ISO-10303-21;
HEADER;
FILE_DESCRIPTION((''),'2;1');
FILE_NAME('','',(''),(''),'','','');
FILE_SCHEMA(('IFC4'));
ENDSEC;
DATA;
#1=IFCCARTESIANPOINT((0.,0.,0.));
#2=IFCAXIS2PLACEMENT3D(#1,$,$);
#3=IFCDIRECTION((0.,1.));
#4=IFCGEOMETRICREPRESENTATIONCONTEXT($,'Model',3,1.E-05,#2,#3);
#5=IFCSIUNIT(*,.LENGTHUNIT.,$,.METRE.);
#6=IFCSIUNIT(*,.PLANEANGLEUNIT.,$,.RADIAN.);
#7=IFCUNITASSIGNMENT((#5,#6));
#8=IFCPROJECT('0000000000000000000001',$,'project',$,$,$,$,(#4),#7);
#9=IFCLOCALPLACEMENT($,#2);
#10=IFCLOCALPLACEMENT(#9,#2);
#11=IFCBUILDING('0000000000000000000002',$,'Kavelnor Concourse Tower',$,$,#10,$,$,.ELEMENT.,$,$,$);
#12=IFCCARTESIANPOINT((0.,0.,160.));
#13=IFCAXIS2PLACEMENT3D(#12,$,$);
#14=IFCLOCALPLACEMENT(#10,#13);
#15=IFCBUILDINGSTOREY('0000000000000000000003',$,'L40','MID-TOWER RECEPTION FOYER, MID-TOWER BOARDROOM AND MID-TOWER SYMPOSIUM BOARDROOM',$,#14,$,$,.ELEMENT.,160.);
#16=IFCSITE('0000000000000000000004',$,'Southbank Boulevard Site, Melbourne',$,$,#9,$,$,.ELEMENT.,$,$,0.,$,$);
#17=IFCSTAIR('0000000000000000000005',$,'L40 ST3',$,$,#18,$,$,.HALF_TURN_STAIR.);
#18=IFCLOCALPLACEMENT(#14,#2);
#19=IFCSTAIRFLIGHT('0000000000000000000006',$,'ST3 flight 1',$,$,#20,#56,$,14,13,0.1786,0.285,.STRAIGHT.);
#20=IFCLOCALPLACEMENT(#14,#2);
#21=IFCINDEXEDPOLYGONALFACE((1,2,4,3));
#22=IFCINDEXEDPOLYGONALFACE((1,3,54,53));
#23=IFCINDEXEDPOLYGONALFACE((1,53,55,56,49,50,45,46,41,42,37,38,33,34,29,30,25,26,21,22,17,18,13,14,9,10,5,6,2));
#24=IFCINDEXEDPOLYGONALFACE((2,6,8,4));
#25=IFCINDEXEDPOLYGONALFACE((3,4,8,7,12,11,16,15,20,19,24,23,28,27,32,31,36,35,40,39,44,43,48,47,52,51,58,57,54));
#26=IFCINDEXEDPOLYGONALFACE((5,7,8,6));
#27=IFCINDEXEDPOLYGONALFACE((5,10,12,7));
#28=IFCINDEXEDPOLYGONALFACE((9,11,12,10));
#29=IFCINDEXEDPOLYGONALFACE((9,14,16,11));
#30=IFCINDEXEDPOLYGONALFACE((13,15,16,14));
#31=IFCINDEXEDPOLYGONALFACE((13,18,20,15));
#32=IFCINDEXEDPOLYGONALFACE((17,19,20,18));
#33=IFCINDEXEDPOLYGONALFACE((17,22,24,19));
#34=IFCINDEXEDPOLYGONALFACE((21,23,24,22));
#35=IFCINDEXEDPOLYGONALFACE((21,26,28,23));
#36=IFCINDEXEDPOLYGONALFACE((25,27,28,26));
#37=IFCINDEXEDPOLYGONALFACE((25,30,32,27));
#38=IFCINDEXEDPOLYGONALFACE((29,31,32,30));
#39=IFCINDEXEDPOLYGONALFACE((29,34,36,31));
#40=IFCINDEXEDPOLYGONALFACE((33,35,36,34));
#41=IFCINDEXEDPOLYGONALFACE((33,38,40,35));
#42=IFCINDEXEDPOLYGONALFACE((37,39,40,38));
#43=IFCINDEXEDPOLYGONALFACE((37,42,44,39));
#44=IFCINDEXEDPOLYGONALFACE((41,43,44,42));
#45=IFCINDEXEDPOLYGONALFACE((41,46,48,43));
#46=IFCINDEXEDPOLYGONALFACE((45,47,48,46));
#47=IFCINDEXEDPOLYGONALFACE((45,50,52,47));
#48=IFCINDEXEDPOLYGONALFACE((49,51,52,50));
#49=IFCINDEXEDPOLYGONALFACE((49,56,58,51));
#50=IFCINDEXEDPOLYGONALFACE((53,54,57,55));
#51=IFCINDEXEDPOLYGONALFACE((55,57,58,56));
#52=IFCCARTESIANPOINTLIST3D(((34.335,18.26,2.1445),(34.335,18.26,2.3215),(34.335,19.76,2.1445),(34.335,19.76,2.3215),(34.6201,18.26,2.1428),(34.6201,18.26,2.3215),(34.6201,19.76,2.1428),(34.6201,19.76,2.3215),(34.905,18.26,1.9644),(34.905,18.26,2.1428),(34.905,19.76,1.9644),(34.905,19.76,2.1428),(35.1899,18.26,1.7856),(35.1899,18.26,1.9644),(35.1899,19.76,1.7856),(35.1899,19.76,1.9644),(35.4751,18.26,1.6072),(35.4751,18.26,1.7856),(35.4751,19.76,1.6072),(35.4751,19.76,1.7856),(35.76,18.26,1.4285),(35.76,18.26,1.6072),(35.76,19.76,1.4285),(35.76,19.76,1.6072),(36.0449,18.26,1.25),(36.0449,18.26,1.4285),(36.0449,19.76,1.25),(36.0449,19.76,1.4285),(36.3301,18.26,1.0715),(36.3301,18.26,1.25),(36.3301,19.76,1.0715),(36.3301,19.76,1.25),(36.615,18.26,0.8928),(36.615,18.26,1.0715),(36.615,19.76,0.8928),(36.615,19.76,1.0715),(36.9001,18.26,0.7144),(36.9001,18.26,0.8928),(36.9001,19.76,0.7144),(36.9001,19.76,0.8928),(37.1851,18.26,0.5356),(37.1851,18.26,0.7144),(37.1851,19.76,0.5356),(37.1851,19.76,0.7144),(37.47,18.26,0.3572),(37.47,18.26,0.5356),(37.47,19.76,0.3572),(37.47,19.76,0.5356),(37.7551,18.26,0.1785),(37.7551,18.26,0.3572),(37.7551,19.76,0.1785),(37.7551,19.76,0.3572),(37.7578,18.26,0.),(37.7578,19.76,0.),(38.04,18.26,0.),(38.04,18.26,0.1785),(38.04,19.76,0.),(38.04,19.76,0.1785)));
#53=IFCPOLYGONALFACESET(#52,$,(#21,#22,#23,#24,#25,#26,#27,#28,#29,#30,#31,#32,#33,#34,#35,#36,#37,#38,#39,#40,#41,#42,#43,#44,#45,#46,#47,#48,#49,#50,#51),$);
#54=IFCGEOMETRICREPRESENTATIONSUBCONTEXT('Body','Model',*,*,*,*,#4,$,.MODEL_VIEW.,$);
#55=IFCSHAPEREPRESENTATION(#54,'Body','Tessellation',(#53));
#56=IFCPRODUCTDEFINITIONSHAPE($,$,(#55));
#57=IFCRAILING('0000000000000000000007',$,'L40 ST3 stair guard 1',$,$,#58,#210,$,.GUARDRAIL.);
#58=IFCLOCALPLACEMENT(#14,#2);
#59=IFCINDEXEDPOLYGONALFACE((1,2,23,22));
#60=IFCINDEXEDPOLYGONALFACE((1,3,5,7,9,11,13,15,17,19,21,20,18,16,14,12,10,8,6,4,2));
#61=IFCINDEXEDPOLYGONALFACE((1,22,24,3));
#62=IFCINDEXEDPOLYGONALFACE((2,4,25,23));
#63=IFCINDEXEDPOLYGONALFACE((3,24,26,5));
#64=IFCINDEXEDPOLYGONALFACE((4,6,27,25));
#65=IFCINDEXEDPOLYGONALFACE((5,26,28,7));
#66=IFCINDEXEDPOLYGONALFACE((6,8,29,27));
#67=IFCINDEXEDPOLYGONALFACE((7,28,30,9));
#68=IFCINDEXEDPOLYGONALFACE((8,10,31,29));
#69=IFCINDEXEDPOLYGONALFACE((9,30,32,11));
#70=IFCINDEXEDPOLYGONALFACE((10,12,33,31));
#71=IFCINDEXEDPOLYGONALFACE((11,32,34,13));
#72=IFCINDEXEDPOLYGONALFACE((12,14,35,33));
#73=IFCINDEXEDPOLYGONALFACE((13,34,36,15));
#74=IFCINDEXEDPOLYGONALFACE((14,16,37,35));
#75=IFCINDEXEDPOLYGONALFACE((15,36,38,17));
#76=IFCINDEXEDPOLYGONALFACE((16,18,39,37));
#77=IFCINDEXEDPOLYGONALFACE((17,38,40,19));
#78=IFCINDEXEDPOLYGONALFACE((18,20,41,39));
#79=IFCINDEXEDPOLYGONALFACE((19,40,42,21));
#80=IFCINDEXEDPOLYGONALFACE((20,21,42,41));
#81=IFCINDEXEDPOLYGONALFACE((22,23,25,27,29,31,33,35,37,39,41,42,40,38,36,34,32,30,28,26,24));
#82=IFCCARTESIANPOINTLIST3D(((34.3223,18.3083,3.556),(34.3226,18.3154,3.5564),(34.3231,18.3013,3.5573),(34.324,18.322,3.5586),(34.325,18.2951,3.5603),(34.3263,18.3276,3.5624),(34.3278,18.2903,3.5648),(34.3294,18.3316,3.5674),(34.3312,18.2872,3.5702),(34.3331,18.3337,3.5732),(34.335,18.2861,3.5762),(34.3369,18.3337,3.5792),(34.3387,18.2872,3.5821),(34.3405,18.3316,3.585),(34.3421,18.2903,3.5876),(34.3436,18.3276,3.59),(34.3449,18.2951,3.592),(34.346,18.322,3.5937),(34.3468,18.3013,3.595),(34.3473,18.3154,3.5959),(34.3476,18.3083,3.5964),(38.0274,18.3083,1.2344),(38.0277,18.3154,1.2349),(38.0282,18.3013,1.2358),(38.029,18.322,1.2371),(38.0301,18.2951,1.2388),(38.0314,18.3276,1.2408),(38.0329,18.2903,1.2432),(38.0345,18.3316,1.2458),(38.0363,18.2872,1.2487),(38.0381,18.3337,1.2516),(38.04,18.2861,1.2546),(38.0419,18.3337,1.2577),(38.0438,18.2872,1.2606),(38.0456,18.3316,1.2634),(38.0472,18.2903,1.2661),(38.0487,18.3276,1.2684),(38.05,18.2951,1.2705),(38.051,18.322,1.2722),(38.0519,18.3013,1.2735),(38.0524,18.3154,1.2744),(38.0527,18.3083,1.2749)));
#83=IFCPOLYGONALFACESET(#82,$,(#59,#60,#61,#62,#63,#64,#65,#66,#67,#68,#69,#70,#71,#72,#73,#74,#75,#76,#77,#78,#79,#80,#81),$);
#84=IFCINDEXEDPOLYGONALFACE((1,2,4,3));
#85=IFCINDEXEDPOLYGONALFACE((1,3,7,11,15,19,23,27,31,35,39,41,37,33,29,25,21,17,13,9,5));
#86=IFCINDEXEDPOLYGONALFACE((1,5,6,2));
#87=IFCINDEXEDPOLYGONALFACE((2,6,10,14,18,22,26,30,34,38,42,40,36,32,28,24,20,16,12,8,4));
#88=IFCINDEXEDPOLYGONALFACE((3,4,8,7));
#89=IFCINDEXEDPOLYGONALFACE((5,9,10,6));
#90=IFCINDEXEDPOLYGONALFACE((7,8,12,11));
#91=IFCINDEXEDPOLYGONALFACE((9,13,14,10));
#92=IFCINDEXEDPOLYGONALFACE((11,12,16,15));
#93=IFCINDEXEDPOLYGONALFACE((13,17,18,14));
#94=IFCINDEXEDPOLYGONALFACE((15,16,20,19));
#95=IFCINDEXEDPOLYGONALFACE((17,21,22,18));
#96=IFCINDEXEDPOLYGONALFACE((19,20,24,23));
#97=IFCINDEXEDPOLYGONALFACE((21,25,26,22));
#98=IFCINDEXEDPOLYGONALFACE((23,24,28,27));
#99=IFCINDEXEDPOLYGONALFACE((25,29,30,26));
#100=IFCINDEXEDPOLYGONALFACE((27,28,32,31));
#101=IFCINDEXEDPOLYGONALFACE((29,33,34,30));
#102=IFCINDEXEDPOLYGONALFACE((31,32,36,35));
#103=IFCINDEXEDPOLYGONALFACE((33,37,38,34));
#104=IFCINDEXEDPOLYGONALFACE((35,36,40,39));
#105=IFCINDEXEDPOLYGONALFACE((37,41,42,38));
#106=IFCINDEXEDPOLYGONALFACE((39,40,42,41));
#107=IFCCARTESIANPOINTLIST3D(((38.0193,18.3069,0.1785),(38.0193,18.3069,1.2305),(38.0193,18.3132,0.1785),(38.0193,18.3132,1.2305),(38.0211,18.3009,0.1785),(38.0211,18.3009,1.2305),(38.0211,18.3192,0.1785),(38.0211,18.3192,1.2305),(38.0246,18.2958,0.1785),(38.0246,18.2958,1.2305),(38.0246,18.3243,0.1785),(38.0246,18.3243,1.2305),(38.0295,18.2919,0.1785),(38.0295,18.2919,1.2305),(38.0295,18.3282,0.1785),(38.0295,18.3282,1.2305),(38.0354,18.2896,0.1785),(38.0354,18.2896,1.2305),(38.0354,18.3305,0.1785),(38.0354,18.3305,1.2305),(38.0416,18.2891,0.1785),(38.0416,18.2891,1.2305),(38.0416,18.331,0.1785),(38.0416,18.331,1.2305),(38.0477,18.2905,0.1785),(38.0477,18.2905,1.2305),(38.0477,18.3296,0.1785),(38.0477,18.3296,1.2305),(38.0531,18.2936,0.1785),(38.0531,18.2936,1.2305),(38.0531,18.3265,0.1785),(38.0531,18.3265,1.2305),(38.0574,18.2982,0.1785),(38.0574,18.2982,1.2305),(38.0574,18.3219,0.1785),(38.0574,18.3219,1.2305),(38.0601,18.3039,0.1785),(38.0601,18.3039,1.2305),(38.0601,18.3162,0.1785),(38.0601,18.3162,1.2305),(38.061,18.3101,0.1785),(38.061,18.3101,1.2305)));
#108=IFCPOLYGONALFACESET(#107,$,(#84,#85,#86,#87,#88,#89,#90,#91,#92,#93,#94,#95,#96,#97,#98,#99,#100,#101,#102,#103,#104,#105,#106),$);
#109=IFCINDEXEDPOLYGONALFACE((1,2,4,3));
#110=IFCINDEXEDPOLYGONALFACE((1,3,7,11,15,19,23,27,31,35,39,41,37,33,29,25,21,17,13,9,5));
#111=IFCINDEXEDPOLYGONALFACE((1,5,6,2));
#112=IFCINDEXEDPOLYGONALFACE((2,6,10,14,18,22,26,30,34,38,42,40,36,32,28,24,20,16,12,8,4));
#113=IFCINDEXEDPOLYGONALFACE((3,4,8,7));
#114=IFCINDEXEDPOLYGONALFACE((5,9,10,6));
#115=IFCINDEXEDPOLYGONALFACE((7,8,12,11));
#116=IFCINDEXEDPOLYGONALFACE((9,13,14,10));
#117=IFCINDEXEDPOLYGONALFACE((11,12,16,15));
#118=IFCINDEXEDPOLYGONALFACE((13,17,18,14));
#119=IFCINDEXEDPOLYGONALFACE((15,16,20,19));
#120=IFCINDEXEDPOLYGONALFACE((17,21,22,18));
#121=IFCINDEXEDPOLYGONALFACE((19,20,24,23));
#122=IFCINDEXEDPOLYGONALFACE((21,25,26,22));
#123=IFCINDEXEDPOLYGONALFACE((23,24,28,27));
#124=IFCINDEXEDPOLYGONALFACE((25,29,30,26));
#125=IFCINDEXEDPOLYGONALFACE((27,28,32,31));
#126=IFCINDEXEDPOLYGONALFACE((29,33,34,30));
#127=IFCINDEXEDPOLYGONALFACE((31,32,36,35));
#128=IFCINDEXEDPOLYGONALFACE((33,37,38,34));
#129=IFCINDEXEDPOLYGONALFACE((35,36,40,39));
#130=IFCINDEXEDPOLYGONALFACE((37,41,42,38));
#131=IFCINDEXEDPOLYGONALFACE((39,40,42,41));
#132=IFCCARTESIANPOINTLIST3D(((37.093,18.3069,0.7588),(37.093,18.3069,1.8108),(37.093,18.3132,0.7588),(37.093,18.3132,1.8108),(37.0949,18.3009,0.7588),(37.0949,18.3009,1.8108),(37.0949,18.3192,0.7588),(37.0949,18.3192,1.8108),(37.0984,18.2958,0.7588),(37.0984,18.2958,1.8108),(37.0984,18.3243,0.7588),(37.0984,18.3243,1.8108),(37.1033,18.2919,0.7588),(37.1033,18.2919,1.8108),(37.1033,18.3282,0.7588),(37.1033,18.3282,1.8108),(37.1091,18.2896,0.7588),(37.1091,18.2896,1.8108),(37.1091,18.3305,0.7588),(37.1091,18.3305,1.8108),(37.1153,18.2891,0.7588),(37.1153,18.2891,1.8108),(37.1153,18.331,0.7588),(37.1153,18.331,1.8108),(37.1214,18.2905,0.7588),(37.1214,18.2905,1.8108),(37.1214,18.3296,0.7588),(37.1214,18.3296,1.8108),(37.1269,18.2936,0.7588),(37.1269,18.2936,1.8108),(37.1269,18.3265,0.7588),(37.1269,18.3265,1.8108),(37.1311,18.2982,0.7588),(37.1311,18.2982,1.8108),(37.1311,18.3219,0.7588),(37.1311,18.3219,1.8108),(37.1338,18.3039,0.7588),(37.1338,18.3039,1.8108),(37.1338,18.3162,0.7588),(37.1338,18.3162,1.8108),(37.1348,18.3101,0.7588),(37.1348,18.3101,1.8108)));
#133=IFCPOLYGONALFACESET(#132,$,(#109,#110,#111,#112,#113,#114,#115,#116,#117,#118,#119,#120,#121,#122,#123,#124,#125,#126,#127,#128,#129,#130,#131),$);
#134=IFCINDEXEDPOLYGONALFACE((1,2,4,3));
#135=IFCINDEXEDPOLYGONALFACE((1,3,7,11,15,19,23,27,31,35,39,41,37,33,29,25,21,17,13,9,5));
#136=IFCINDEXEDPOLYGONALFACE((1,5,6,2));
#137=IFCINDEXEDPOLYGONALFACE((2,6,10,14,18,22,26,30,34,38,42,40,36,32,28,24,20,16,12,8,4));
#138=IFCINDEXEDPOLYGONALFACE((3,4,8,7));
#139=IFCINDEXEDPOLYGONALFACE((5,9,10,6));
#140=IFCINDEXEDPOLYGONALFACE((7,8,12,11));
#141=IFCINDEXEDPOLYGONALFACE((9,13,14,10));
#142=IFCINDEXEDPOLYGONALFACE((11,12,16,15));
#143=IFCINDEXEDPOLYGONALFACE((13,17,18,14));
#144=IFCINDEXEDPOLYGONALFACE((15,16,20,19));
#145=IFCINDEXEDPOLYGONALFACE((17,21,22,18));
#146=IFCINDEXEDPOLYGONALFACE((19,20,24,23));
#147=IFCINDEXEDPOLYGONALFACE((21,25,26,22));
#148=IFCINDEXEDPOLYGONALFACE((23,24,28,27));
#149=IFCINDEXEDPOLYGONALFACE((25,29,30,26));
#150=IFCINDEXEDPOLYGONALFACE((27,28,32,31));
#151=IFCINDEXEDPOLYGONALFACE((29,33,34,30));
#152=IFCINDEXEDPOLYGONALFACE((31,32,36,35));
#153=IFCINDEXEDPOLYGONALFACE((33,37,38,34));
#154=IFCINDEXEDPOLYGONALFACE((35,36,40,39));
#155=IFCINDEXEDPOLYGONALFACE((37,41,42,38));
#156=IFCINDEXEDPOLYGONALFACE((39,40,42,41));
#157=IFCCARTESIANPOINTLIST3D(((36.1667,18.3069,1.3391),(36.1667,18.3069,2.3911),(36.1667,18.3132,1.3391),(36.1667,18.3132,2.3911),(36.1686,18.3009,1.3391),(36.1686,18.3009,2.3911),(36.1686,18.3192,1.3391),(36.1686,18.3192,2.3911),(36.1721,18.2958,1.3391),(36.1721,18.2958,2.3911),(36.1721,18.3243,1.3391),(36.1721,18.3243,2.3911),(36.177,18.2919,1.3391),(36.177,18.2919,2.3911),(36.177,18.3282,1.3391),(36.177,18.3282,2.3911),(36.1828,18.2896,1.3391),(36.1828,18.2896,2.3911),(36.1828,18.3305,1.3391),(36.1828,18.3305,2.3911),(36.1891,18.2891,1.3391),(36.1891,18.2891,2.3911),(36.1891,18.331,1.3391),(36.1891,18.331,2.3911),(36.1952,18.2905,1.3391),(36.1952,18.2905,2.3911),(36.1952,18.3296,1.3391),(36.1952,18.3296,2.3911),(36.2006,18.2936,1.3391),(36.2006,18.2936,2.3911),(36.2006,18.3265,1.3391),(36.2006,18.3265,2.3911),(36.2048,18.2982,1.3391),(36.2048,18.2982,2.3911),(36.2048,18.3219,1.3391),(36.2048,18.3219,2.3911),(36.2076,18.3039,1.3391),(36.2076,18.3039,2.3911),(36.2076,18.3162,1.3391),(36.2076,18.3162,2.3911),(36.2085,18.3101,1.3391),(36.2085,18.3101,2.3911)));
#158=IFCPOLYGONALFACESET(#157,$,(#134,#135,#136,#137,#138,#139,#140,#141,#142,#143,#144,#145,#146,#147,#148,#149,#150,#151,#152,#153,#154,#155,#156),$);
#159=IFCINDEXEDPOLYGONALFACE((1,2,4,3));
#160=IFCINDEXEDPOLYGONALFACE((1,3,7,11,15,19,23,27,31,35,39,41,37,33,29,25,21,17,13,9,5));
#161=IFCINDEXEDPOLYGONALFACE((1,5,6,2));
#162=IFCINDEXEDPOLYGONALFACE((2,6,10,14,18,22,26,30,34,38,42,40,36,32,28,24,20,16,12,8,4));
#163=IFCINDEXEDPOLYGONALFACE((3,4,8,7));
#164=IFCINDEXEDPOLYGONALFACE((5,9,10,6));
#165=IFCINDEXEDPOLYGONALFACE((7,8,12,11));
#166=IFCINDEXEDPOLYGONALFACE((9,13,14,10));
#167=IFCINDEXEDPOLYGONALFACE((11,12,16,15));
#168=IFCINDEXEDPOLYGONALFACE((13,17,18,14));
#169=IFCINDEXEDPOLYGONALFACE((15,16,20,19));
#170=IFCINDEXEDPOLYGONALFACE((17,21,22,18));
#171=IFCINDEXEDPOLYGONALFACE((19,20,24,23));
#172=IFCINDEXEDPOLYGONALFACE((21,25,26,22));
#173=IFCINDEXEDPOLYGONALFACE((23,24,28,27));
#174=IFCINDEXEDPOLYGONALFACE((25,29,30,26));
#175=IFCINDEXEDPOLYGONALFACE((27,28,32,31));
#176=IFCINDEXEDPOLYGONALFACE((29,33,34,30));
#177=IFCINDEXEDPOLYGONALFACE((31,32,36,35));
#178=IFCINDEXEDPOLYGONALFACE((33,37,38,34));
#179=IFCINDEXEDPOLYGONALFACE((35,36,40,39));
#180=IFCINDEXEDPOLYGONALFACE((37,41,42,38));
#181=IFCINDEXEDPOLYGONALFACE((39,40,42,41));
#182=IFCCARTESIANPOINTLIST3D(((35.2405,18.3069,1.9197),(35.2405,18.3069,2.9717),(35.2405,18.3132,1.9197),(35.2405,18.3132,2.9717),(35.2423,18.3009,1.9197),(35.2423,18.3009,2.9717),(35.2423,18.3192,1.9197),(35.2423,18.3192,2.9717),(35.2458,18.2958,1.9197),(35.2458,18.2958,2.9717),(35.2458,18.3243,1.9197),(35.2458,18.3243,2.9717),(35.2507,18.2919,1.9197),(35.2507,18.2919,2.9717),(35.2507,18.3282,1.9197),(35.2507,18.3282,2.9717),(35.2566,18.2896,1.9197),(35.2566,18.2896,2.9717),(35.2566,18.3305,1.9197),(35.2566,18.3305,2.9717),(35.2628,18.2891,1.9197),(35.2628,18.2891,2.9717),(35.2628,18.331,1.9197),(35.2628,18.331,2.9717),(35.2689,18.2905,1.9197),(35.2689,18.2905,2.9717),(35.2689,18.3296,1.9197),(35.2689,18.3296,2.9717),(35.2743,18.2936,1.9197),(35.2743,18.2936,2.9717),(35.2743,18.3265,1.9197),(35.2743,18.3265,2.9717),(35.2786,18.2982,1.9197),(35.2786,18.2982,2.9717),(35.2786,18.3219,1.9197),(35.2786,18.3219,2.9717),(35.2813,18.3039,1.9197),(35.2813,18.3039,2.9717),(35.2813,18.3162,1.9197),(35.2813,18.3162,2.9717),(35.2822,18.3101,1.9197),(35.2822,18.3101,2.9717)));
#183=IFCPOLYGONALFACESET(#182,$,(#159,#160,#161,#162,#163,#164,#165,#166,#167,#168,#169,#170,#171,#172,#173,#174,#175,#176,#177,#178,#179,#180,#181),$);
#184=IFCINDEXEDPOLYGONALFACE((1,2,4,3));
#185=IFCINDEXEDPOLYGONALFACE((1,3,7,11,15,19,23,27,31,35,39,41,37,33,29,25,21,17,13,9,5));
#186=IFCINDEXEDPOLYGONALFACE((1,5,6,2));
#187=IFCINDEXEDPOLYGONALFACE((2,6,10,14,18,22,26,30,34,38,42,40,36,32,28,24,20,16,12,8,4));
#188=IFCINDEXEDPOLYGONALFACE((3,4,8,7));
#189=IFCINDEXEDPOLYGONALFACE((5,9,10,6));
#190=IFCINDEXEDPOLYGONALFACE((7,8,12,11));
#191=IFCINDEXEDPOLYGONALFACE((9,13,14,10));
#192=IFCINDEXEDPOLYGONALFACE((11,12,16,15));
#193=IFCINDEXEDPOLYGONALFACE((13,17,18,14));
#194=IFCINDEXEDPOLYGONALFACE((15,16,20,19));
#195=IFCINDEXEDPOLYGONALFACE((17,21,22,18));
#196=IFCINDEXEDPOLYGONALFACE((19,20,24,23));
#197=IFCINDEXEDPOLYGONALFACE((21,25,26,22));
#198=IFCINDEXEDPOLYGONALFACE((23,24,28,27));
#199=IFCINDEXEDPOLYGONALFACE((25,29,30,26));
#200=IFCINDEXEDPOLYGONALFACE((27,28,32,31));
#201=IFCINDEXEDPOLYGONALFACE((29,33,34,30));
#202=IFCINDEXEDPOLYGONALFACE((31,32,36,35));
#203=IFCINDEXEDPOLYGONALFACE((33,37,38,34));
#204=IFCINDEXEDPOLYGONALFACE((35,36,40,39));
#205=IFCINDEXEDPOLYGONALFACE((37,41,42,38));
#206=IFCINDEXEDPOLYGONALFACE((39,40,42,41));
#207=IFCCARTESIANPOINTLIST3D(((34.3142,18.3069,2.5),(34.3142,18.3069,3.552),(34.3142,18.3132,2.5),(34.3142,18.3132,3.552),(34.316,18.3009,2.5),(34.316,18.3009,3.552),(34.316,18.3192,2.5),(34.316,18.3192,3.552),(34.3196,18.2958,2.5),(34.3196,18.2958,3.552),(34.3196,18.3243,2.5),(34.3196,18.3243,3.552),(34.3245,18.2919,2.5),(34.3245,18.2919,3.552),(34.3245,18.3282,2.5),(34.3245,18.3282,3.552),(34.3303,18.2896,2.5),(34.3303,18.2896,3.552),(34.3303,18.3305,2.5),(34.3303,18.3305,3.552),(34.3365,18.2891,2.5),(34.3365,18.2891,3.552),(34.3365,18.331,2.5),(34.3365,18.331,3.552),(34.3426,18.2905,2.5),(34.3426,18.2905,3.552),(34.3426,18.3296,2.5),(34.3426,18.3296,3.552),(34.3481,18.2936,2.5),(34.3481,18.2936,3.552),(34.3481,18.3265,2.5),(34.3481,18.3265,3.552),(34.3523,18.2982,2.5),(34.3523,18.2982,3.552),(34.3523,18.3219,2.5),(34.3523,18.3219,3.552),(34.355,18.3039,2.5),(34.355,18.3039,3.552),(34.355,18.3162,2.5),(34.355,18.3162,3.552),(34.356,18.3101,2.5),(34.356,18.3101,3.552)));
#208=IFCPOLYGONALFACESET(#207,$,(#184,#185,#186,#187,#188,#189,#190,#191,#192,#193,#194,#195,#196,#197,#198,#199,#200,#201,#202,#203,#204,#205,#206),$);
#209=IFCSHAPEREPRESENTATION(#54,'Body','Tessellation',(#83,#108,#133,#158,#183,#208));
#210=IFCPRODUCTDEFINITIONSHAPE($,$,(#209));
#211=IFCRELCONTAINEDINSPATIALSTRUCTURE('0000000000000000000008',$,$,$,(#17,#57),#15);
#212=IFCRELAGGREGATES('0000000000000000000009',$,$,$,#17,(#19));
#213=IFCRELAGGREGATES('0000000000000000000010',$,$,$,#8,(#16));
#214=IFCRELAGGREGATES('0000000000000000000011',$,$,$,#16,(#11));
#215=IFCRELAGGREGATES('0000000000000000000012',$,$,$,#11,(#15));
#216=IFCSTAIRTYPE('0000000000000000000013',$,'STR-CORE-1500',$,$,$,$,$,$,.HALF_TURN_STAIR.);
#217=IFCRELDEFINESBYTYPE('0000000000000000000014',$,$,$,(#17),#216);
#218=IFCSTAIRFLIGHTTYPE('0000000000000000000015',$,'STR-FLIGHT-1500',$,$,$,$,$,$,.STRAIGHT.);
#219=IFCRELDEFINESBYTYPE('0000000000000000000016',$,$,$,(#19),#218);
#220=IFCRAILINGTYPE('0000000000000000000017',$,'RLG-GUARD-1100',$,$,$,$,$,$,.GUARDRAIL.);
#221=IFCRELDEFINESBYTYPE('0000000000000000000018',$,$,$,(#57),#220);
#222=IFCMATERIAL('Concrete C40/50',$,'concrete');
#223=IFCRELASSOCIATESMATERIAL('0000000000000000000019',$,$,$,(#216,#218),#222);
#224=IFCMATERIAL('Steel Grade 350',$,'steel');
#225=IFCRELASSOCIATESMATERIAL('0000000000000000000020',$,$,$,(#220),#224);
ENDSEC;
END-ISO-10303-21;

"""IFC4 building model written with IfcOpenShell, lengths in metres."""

from ifc_helpers import new_model, si_unit, direction, frame, origin, origin_2d, place, context, subcontext, project, spatial, polyline, circle, outline, extrude, material, type_object, element, aggregate, save


model = new_model("IFC4")

# Units and contexts
model_context = context("Model", 3, precision=1e-05, world=origin(), true_north=direction((0.0, 1.0)))
body_context = subcontext(model_context, "Body", "Model", "MODEL_VIEW")
ifc_project = project(units=[si_unit("LENGTHUNIT", "METRE"), si_unit("PLANEANGLEUNIT", "RADIAN")], contexts=[model_context])

# Site, building, storey
site_placement = place(None, origin())
site = spatial("IfcSite", under=ifc_project, at=site_placement, Name="Southbank Boulevard Site, Melbourne", CompositionType="ELEMENT", RefElevation=0.0)
building_placement = place(site_placement, origin())
building = spatial("IfcBuilding", under=site, at=building_placement, Name="Kavelnor Concourse Tower", CompositionType="ELEMENT")
storey_placement = place(building_placement, frame((0.0, 0.0, 160.0)))
storey = spatial("IfcBuildingStorey", under=building, at=storey_placement, Name="L40", Description="MID-TOWER RECEPTION FOYER, MID-TOWER BOARDROOM AND MID-TOWER SYMPOSIUM BOARDROOM", CompositionType="ELEMENT", Elevation=160.0)

# Shared definitions
ifc_material_1 = material(Name="Steel Grade 350", Category="steel")

# Stair, stair flight
ifc_material_2 = material(Name="Concrete C40/50", Category="concrete")
stair_type = type_object("IfcStairType", Name="STR-CORE-1500", PredefinedType="HALF_TURN_STAIR", material=ifc_material_2)
stair_placement = place(storey_placement, origin())
stair = element("IfcStair", 1, at=stair_placement, inside=storey, type_object=stair_type, Name="L40 ST3", PredefinedType="HALF_TURN_STAIR")
stair_flight_type = type_object("IfcStairFlightType", Name="STR-FLIGHT-1500", PredefinedType="STRAIGHT", material=ifc_material_2)
stair_flight_placement = place(storey_placement, frame((38.04, 19.01, 0.0), z_axis=(0.0, 0.0, 1.0), x_axis=(-1.0, 0.0, 0.0)))
stair_flight = element("IfcStairFlight", 2, at=stair_flight_placement, type_object=stair_flight_type, Name="ST3 flight 1", NumberOfRisers=14, NumberOfTreads=13, PredefinedType="STRAIGHT", RiserHeight=0.1786, TreadLength=0.285, context=body_context, shape_type="SweptSolid", body=[
    extrude(outline(polyline([(0.0, 0.0), (0.0, 0.1785), (0.2849, 0.1785), (0.2849, 0.3572), (0.5701, 0.3572), (0.5701, 0.5356), (0.855, 0.5356), (0.855, 0.7144), (1.1399, 0.7144), (1.1399, 0.8928), (1.425, 0.8928), (1.425, 1.0715), (1.71, 1.0715), (1.71, 1.25), (1.9951, 1.25), (1.9951, 1.4285), (2.28, 1.4285), (2.28, 1.6072), (2.5649, 1.6072), (2.5649, 1.7856), (2.8501, 1.7856), (2.8501, 1.9644), (3.135, 1.9644), (3.135, 2.1428), (3.4199, 2.1428), (3.4199, 2.3215), (3.7051, 2.3215), (3.7051, 2.5), (3.7051, 2.1445), (0.2822, 0.0), (0.0, 0.0)])), frame((0.0, 0.75, 0.0), z_axis=(0.0, -1.0, 0.0), x_axis=(1.0, 0.0, 0.0)), (0.0, 0.0, 1.0), 1.5),
])
aggregate(stair, [stair_flight])

# Railing
railing_type_1 = type_object("IfcRailingType", Name="RLG-GUARD-1100", PredefinedType="GUARDRAIL", material=ifc_material_1)
railing_1_placement = place(storey_placement, frame((38.04, 18.3101, 0.1785)))
element("IfcRailing", 3, at=railing_1_placement, inside=storey, type_object=railing_type_1, Name="L40 ST3 stair guard 1", PredefinedType="GUARDRAIL", context=body_context, shape_type="SweptSolid", body=[
    extrude(circle(Radius=0.0239, at=origin_2d()), frame((0.0, 0.0, 1.0762), z_axis=(-0.847395, 0.0, 0.530962), x_axis=(0.0, -1.0, 0.0)), (0.0, 0.0, 1.0), 4.3723),
    extrude(circle(Radius=0.021, at=origin_2d()), origin(), (0.0, 0.0, 1.0), 1.052),
    extrude(circle(Radius=0.021, at=origin_2d()), frame((-0.9263, 0.0, 0.5803)), (0.0, 0.0, 1.0), 1.052),
    extrude(circle(Radius=0.021, at=origin_2d()), frame((-1.8525, 0.0, 1.1606)), (0.0, 0.0, 1.0), 1.052),
    extrude(circle(Radius=0.021, at=origin_2d()), frame((-2.7788, 0.0, 1.7412)), (0.0, 0.0, 1.0), 1.052),
    extrude(circle(Radius=0.021, at=origin_2d()), frame((-3.7051, 0.0, 2.3215)), (0.0, 0.0, 1.0), 1.052),
])

save(model, "model.ifc")
